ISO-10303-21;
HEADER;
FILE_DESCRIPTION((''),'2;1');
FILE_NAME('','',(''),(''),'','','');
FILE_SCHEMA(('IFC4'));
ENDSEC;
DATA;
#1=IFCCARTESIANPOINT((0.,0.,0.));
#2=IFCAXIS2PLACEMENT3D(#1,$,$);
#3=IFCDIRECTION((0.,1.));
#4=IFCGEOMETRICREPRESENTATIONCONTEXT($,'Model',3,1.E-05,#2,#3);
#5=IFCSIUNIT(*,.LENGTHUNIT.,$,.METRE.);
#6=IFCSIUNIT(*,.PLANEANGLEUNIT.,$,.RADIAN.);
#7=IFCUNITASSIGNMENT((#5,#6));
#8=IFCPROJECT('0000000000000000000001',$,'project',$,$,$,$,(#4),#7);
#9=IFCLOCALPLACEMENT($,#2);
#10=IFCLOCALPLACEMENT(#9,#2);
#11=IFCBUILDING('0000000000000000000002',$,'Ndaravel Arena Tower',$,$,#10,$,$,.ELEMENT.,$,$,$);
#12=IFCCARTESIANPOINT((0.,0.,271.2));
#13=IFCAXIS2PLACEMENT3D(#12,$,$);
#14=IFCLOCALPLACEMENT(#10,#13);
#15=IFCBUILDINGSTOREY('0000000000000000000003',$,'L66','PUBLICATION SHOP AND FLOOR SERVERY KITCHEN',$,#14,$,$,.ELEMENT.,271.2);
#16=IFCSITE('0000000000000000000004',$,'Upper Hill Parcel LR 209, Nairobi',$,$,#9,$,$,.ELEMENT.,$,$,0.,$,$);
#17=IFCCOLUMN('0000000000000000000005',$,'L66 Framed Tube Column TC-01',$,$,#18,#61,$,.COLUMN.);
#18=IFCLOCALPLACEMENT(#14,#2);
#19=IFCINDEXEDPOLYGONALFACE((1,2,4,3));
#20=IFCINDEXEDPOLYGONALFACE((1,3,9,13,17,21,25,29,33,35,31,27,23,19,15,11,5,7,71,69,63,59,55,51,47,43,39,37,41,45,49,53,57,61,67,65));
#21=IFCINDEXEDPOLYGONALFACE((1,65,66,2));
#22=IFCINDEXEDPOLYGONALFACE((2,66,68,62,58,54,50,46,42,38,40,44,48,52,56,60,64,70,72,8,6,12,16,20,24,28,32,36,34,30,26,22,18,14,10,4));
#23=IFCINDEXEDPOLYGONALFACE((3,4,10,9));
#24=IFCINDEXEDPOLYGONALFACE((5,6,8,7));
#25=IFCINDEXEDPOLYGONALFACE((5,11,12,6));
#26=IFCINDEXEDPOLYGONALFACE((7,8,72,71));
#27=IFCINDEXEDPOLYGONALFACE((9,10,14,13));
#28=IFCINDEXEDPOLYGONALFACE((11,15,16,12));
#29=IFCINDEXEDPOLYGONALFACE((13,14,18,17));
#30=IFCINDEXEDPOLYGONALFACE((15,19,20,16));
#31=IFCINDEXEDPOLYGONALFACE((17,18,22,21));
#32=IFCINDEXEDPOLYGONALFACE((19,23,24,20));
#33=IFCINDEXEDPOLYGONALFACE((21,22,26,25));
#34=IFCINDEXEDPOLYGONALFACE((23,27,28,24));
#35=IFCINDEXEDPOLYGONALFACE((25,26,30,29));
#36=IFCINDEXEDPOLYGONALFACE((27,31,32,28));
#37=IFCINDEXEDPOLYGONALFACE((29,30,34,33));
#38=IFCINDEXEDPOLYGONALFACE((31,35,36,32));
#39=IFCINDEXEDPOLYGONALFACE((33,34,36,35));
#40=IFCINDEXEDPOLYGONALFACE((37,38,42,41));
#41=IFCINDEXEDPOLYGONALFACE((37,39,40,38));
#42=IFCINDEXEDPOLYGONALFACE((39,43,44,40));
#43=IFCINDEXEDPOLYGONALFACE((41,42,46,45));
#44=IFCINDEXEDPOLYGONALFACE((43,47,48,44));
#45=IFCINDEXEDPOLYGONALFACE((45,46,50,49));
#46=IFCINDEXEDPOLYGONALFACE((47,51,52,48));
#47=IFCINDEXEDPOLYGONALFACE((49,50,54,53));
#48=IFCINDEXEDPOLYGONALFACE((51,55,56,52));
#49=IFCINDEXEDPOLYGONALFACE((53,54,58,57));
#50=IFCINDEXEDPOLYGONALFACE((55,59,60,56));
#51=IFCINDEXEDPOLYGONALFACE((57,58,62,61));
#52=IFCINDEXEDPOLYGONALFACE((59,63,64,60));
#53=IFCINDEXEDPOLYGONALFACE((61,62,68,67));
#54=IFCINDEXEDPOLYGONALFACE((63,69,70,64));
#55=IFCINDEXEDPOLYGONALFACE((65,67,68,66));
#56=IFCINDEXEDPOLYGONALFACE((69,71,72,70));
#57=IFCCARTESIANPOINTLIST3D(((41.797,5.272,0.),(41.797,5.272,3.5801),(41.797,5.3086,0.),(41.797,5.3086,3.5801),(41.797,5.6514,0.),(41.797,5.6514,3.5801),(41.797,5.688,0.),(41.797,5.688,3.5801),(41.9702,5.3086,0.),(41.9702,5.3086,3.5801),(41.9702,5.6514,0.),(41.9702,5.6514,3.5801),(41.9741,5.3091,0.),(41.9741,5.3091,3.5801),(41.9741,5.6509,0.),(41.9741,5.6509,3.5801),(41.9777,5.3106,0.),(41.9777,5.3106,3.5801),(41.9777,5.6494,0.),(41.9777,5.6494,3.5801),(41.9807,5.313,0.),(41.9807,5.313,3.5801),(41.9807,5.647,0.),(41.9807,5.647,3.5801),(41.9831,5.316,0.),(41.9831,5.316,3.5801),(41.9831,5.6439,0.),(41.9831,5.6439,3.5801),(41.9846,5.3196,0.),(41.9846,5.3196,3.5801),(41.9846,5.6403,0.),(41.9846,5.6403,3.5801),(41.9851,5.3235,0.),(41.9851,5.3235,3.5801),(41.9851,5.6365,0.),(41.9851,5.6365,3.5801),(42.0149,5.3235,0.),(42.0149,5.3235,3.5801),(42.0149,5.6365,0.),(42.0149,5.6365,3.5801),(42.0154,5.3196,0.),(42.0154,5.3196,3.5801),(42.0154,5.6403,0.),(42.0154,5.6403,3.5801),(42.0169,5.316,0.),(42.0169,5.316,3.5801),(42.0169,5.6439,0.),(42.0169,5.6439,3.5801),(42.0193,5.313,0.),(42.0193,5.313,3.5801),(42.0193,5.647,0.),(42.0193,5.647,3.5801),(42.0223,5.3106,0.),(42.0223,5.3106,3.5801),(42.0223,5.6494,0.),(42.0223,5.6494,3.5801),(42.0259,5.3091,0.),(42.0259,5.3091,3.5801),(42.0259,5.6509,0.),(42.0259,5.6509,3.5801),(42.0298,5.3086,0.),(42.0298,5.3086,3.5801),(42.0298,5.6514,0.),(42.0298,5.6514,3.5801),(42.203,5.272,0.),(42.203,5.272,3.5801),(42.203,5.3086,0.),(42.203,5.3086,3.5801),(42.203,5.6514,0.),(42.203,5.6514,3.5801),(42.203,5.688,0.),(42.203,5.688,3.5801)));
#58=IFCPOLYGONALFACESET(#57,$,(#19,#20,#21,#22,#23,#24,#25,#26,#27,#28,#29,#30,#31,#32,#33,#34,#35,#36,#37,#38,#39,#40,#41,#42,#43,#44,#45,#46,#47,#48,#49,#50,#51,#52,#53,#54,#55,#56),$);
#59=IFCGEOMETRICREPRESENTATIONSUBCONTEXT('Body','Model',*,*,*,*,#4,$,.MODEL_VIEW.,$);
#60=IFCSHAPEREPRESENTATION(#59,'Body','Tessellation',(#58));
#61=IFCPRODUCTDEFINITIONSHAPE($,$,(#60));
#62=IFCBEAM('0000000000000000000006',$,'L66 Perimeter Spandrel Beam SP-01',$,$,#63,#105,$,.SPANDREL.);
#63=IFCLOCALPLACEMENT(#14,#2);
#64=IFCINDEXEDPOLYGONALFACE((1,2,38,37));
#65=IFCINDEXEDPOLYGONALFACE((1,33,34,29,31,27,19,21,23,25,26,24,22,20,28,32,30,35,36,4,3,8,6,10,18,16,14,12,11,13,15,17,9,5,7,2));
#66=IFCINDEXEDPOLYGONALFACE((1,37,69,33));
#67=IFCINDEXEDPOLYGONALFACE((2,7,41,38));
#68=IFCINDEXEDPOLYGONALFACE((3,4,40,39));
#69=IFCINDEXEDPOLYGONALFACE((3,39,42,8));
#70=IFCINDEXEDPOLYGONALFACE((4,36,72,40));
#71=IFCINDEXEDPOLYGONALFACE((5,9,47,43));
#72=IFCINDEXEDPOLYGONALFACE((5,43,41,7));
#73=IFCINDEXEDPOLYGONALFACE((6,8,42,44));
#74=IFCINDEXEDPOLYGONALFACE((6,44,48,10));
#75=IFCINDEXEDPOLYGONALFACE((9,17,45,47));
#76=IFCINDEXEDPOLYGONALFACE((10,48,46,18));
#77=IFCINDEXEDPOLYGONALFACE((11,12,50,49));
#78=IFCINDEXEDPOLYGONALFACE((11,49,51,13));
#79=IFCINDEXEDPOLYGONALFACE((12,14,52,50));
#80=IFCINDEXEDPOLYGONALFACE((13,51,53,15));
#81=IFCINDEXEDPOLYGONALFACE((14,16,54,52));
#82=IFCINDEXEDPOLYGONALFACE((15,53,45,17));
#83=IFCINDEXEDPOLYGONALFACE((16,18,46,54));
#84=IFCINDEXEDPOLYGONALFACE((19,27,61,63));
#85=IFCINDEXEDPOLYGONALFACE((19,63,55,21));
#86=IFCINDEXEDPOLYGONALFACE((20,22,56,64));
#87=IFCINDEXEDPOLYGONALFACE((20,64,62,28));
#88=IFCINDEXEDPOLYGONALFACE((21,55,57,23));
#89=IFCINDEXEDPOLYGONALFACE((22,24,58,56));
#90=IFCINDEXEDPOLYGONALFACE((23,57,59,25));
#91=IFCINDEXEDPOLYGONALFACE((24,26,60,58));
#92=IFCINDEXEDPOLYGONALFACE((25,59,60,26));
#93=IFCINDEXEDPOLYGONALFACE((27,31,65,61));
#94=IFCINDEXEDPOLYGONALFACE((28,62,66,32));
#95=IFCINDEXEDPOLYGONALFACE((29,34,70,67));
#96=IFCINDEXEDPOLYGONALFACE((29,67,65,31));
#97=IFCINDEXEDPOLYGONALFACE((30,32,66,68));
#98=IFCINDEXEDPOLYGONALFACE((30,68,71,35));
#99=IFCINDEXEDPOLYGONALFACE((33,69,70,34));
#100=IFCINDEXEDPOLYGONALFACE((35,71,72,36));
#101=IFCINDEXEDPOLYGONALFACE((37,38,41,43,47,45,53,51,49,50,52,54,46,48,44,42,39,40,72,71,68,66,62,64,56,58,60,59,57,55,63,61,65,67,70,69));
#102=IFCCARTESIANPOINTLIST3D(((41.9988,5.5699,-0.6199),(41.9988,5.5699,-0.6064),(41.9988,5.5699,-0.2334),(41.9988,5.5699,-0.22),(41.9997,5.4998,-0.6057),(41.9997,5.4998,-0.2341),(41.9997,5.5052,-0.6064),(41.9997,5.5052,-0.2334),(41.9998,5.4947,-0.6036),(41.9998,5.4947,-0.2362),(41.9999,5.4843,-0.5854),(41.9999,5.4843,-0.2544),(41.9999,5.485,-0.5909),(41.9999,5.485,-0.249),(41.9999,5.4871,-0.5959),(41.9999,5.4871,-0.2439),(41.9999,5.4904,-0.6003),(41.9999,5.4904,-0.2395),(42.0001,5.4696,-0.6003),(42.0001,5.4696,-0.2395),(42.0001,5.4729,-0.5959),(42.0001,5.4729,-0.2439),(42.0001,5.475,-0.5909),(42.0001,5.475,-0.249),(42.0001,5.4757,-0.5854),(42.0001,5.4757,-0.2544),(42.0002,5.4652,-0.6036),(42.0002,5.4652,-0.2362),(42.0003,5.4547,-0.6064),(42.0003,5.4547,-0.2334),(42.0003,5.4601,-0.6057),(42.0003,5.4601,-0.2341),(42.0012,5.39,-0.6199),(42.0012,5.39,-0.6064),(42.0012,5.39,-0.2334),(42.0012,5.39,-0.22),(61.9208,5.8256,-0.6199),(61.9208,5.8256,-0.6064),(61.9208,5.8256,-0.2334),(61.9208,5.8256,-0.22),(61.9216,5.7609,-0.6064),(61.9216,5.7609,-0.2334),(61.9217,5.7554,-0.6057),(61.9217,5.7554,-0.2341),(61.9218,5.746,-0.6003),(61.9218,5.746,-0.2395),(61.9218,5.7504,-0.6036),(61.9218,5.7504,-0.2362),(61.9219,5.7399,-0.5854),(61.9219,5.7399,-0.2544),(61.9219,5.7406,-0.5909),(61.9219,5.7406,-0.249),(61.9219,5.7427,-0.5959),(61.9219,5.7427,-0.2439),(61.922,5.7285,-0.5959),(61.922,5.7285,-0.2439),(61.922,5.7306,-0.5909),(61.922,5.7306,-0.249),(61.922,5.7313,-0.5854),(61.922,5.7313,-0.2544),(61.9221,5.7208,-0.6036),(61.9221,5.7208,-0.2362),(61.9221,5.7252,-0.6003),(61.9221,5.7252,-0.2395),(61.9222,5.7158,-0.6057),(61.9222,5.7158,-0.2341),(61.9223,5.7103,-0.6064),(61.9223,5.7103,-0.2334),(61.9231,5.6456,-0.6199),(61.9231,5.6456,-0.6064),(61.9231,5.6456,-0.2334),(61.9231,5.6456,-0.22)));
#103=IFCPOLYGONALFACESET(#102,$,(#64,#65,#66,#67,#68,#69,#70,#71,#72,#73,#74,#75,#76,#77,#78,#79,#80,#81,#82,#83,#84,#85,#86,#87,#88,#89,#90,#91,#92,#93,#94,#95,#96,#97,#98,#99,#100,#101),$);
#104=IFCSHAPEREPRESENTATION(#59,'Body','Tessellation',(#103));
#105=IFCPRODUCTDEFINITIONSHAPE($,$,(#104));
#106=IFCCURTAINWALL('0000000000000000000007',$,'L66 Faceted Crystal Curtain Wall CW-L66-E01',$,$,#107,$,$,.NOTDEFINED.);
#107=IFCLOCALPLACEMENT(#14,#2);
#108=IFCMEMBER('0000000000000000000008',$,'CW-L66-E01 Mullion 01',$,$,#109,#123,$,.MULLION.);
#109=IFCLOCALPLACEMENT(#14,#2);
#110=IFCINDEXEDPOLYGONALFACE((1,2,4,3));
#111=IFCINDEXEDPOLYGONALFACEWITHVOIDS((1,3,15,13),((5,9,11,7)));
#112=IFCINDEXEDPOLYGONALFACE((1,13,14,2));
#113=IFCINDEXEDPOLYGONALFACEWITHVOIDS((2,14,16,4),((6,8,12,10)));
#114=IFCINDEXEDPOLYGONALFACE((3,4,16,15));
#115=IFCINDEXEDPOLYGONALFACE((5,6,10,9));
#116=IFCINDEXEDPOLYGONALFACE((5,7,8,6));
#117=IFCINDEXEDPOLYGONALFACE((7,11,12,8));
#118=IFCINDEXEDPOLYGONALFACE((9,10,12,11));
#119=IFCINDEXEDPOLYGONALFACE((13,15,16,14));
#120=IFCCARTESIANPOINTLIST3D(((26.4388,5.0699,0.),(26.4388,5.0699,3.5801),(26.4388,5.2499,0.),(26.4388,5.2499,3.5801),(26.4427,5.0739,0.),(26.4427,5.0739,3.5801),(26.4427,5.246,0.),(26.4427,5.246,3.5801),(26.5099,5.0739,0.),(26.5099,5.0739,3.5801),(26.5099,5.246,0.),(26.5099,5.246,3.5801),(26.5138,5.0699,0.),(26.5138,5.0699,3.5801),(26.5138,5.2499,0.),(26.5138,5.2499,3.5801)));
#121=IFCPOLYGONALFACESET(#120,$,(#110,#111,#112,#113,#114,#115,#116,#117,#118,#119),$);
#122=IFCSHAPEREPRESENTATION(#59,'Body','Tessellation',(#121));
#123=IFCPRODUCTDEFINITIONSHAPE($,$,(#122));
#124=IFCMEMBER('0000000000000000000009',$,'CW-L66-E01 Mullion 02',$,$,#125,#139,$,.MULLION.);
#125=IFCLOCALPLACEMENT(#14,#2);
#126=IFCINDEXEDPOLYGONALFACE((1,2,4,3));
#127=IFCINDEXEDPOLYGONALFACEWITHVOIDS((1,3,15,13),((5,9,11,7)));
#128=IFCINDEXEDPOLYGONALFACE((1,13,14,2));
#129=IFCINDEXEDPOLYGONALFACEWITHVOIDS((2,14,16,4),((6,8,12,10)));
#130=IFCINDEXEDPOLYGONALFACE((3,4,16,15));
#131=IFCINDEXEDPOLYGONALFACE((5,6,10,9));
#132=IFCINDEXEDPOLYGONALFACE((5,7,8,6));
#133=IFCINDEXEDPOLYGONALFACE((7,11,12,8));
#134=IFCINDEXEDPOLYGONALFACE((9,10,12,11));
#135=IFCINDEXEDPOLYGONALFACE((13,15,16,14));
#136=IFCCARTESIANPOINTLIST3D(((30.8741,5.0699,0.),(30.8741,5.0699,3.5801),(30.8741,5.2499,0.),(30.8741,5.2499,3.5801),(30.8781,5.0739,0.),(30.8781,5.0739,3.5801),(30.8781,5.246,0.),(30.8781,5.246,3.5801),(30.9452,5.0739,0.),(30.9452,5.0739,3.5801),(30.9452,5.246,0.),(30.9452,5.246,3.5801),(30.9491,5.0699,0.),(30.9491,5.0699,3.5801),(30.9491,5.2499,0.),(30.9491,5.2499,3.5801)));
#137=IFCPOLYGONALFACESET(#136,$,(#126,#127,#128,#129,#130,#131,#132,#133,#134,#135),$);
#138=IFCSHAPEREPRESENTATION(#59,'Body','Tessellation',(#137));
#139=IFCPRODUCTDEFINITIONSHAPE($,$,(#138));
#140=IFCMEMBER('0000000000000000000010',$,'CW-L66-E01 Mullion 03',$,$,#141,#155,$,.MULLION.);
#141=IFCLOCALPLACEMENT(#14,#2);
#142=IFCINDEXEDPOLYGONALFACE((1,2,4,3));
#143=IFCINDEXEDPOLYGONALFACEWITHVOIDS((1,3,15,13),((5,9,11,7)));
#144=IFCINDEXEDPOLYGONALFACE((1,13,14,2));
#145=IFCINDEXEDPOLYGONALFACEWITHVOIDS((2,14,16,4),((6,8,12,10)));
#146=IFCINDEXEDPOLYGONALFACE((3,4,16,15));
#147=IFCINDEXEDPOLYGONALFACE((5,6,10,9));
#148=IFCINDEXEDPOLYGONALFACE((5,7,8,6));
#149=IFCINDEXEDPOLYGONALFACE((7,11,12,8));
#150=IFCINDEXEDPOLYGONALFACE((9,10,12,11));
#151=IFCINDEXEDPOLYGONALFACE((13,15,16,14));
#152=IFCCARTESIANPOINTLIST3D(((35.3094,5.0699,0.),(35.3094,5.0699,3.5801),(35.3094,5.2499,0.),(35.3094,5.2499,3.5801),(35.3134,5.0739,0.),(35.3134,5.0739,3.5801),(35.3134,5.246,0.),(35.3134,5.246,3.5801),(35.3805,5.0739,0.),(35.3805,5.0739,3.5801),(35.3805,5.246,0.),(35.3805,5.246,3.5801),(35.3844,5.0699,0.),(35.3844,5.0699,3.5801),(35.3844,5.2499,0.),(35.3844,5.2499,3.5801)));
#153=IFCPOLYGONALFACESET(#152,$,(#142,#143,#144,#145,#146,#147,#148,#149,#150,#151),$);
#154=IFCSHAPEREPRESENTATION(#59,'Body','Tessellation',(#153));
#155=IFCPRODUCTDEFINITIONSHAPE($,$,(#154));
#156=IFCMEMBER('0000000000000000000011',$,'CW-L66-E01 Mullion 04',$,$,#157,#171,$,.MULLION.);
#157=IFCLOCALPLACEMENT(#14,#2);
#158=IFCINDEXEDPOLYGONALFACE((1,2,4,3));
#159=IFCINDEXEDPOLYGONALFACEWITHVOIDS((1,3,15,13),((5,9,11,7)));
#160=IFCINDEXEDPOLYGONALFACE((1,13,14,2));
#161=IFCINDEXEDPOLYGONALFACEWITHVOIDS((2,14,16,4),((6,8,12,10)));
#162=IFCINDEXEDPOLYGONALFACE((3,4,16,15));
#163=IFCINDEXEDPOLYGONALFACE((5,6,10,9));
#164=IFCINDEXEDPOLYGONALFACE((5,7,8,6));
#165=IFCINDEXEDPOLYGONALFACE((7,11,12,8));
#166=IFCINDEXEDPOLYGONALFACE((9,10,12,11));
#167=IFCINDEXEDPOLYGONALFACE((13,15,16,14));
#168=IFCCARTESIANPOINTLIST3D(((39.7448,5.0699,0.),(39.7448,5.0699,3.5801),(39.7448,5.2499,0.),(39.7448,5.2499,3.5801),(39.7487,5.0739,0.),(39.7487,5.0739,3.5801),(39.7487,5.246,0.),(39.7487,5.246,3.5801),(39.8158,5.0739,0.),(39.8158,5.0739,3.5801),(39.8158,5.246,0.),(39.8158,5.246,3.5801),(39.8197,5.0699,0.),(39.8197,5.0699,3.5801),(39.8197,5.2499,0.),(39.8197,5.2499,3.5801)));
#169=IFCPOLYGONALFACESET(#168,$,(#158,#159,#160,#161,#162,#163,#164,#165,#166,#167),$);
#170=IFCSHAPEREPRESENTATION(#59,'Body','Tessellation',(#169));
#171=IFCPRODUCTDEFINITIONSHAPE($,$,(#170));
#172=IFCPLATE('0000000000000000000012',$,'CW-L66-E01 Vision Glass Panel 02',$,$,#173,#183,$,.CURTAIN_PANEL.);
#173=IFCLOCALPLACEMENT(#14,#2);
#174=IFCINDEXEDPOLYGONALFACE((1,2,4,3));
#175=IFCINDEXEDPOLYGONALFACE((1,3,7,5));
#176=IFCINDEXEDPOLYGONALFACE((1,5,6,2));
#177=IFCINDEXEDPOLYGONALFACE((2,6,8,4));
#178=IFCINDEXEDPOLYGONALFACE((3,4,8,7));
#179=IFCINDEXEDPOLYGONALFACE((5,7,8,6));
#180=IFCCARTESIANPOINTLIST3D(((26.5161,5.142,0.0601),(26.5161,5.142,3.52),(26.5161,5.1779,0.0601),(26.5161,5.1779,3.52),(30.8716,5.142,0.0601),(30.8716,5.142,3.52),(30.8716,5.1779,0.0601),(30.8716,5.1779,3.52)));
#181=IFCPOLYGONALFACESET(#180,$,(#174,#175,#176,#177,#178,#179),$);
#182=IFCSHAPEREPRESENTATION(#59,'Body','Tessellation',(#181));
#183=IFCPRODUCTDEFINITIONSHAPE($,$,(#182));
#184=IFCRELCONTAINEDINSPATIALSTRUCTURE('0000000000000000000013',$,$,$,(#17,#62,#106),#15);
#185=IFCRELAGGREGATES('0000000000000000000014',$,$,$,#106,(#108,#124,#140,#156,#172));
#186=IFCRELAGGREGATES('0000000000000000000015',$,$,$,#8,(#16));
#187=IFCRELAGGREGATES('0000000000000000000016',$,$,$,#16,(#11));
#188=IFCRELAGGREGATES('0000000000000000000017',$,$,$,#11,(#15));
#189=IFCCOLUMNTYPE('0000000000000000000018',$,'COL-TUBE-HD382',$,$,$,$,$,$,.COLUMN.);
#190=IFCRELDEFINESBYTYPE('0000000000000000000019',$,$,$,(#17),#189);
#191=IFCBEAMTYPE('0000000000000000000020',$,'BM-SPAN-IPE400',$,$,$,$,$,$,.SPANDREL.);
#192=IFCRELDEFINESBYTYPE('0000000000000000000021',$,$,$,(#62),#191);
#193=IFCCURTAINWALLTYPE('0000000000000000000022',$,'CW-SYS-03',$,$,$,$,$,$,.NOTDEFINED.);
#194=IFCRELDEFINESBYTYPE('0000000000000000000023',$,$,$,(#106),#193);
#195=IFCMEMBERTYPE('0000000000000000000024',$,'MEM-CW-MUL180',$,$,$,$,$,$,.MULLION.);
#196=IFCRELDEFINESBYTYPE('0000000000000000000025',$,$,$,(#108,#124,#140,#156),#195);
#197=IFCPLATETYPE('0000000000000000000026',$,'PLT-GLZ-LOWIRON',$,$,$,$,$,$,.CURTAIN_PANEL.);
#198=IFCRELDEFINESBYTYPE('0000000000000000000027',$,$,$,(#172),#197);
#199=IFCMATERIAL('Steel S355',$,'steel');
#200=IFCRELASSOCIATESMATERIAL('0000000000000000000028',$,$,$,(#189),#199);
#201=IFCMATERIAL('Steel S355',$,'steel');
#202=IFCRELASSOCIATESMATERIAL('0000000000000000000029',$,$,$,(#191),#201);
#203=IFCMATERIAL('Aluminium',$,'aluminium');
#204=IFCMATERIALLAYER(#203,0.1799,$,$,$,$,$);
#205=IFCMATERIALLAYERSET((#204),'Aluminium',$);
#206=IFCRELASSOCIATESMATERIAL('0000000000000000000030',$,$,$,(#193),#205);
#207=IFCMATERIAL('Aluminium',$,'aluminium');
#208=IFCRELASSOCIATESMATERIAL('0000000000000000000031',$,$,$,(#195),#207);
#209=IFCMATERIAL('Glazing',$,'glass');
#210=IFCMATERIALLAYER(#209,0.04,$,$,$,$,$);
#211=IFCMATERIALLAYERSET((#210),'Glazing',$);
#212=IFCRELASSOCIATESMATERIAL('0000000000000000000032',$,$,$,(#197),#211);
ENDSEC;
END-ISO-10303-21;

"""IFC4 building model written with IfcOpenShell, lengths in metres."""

from ifc_helpers import new_model, si_unit, direction, frame, origin, origin_2d, place, context, subcontext, project, spatial, rectangle, hollow_rectangle, i_section, extrude, material, layer, layer_set, material_profile, profile_set, type_object, element, aggregate, save


model = new_model("IFC4")

# Units and contexts
model_context = context("Model", 3, precision=1e-05, world=origin(), true_north=direction((0.0, 1.0)))
body_context = subcontext(model_context, "Body", "Model", "MODEL_VIEW")
ifc_project = project(units=[si_unit("LENGTHUNIT", "METRE"), si_unit("PLANEANGLEUNIT", "RADIAN")], contexts=[model_context])

# Site, building, storey
site_placement = place(None, origin())
site = spatial("IfcSite", under=ifc_project, at=site_placement, Name="Upper Hill Parcel LR 209, Nairobi", CompositionType="ELEMENT", RefElevation=0.0)
building_placement = place(site_placement, origin())
building = spatial("IfcBuilding", under=site, at=building_placement, Name="Ndaravel Arena Tower", CompositionType="ELEMENT")
storey_placement = place(building_placement, frame((0.0, 0.0, 271.2)))
storey = spatial("IfcBuildingStorey", under=building, at=storey_placement, Name="L66", Description="PUBLICATION SHOP AND FLOOR SERVERY KITCHEN", CompositionType="ELEMENT", Elevation=271.2)

# Column
ifc_material_1 = material(Name="Steel S355", Category="steel")
ifc_material_profile_1 = material_profile(ifc_material_1, i_section(OverallWidth=0.406, OverallDepth=0.416, WebThickness=0.0298, FlangeThickness=0.0366, FilletRadius=0.0149, at=origin_2d()), Name="HD 400x382")
ifc_profile_set_1 = profile_set([ifc_material_profile_1], Name="Steel S355")
column_type = type_object("IfcColumnType", Name="COL-TUBE-HD382", PredefinedType="COLUMN", material=ifc_profile_set_1)
column_placement = place(storey_placement, frame((42.0, 5.48, 0.0), z_axis=(0.0, 0.0, 1.0), x_axis=(1.0, 0.0, 0.0)))
element("IfcColumn", 1, at=column_placement, inside=storey, type_object=column_type, Name="L66 Framed Tube Column TC-01", PredefinedType="COLUMN", context=body_context, shape_type="SweptSolid", body=[
    extrude(i_section(OverallWidth=0.406, OverallDepth=0.416, WebThickness=0.0298, FlangeThickness=0.0366, FilletRadius=0.0149, at=origin_2d()), origin(), (0.0, 0.0, 1.0), 3.5801),
])

# Beam
ifc_material_2 = material(Name="Steel S355", Category="steel")
ifc_material_profile_2 = material_profile(ifc_material_2, i_section(OverallWidth=0.1799, OverallDepth=0.3999, WebThickness=0.0085, FlangeThickness=0.0134, FilletRadius=0.021, at=origin_2d()), Name="IPE 400")
ifc_profile_set_2 = profile_set([ifc_material_profile_2], Name="Steel S355")
beam_type = type_object("IfcBeamType", Name="BM-SPAN-IPE400", PredefinedType="SPANDREL", material=ifc_profile_set_2)
beam_placement = place(storey_placement, frame((42.0, 5.48, -0.4199), z_axis=(0.999918, 0.01283, 0.0), x_axis=(-0.01283, 0.999918, 0.0)))
element("IfcBeam", 2, at=beam_placement, inside=storey, type_object=beam_type, Name="L66 Perimeter Spandrel Beam SP-01", PredefinedType="SPANDREL", context=body_context, shape_type="SweptSolid", body=[
    extrude(i_section(OverallWidth=0.1799, OverallDepth=0.3999, WebThickness=0.0085, FlangeThickness=0.0134, FilletRadius=0.021, at=origin_2d()), origin(), (0.0, 0.0, 1.0), 19.9236),
])

# Curtain wall, members, plate
ifc_material_3 = material(Name="Aluminium", Category="aluminium")
ifc_layer_1 = layer(ifc_material_3, 0.1799)
ifc_layer_set_1 = layer_set([ifc_layer_1], Name="Aluminium")
curtain_wall_type = type_object("IfcCurtainWallType", Name="CW-SYS-03", PredefinedType="NOTDEFINED", material=ifc_layer_set_1)
curtain_wall_placement = place(storey_placement, origin())
curtain_wall = element("IfcCurtainWall", 3, at=curtain_wall_placement, inside=storey, type_object=curtain_wall_type, Name="L66 Faceted Crystal Curtain Wall CW-L66-E01", PredefinedType="NOTDEFINED")
ifc_material_4 = material(Name="Aluminium", Category="aluminium")
ifc_material_profile_3 = material_profile(ifc_material_4, hollow_rectangle(XDim=0.075, YDim=0.1799, WallThickness=0.0039, at=origin_2d()), Name="CW MULLION 75x180x4")
ifc_profile_set_3 = profile_set([ifc_material_profile_3], Name="Aluminium")
member_type = type_object("IfcMemberType", Name="MEM-CW-MUL180", PredefinedType="MULLION", material=ifc_profile_set_3)
member_1_placement = place(storey_placement, frame((26.4763, 5.1599, 0.0), z_axis=(0.0, 0.0, 1.0), x_axis=(1.0, 0.0, 0.0)))
member_1 = element("IfcMember", 4, at=member_1_placement, type_object=member_type, Name="CW-L66-E01 Mullion 01", PredefinedType="MULLION", context=body_context, shape_type="SweptSolid", body=[
    extrude(hollow_rectangle(XDim=0.075, YDim=0.1799, WallThickness=0.0039, at=origin_2d()), origin(), (0.0, 0.0, 1.0), 3.5801),
])
member_2_placement = place(storey_placement, frame((30.9116, 5.1599, 0.0), z_axis=(0.0, 0.0, 1.0), x_axis=(1.0, 0.0, 0.0)))
member_2 = element("IfcMember", 5, at=member_2_placement, type_object=member_type, Name="CW-L66-E01 Mullion 02", PredefinedType="MULLION", context=body_context, shape_type="SweptSolid", body=[
    extrude(hollow_rectangle(XDim=0.075, YDim=0.1799, WallThickness=0.0039, at=origin_2d()), origin(), (0.0, 0.0, 1.0), 3.5801),
])
member_3_placement = place(storey_placement, frame((35.3469, 5.1599, 0.0), z_axis=(0.0, 0.0, 1.0), x_axis=(1.0, 0.0, 0.0)))
member_3 = element("IfcMember", 6, at=member_3_placement, type_object=member_type, Name="CW-L66-E01 Mullion 03", PredefinedType="MULLION", context=body_context, shape_type="SweptSolid", body=[
    extrude(hollow_rectangle(XDim=0.075, YDim=0.1799, WallThickness=0.0039, at=origin_2d()), origin(), (0.0, 0.0, 1.0), 3.5801),
])
member_4_placement = place(storey_placement, frame((39.7822, 5.1599, 0.0), z_axis=(0.0, 0.0, 1.0), x_axis=(1.0, 0.0, 0.0)))
member_4 = element("IfcMember", 7, at=member_4_placement, type_object=member_type, Name="CW-L66-E01 Mullion 04", PredefinedType="MULLION", context=body_context, shape_type="SweptSolid", body=[
    extrude(hollow_rectangle(XDim=0.075, YDim=0.1799, WallThickness=0.0039, at=origin_2d()), origin(), (0.0, 0.0, 1.0), 3.5801),
])
ifc_material_5 = material(Name="Glazing", Category="glass")
ifc_layer_2 = layer(ifc_material_5, 0.04)
ifc_layer_set_2 = layer_set([ifc_layer_2], Name="Glazing")
plate_type = type_object("IfcPlateType", Name="PLT-GLZ-LOWIRON", PredefinedType="CURTAIN_PANEL", material=ifc_layer_set_2)
plate_1_placement = place(storey_placement, frame((28.6938, 5.1599, 0.0601), z_axis=(0.0, 0.0, 1.0), x_axis=(1.0, 0.0, 0.0)))
plate_1 = element("IfcPlate", 8, at=plate_1_placement, type_object=plate_type, Name="CW-L66-E01 Vision Glass Panel 02", PredefinedType="CURTAIN_PANEL", context=body_context, shape_type="SweptSolid", body=[
    extrude(rectangle(XDim=4.3555, YDim=0.0359, at=origin_2d()), origin(), (0.0, 0.0, 1.0), 3.46),
])
aggregate(curtain_wall, [member_1, member_2, member_3, member_4, plate_1])

save(model, "model.ifc")
